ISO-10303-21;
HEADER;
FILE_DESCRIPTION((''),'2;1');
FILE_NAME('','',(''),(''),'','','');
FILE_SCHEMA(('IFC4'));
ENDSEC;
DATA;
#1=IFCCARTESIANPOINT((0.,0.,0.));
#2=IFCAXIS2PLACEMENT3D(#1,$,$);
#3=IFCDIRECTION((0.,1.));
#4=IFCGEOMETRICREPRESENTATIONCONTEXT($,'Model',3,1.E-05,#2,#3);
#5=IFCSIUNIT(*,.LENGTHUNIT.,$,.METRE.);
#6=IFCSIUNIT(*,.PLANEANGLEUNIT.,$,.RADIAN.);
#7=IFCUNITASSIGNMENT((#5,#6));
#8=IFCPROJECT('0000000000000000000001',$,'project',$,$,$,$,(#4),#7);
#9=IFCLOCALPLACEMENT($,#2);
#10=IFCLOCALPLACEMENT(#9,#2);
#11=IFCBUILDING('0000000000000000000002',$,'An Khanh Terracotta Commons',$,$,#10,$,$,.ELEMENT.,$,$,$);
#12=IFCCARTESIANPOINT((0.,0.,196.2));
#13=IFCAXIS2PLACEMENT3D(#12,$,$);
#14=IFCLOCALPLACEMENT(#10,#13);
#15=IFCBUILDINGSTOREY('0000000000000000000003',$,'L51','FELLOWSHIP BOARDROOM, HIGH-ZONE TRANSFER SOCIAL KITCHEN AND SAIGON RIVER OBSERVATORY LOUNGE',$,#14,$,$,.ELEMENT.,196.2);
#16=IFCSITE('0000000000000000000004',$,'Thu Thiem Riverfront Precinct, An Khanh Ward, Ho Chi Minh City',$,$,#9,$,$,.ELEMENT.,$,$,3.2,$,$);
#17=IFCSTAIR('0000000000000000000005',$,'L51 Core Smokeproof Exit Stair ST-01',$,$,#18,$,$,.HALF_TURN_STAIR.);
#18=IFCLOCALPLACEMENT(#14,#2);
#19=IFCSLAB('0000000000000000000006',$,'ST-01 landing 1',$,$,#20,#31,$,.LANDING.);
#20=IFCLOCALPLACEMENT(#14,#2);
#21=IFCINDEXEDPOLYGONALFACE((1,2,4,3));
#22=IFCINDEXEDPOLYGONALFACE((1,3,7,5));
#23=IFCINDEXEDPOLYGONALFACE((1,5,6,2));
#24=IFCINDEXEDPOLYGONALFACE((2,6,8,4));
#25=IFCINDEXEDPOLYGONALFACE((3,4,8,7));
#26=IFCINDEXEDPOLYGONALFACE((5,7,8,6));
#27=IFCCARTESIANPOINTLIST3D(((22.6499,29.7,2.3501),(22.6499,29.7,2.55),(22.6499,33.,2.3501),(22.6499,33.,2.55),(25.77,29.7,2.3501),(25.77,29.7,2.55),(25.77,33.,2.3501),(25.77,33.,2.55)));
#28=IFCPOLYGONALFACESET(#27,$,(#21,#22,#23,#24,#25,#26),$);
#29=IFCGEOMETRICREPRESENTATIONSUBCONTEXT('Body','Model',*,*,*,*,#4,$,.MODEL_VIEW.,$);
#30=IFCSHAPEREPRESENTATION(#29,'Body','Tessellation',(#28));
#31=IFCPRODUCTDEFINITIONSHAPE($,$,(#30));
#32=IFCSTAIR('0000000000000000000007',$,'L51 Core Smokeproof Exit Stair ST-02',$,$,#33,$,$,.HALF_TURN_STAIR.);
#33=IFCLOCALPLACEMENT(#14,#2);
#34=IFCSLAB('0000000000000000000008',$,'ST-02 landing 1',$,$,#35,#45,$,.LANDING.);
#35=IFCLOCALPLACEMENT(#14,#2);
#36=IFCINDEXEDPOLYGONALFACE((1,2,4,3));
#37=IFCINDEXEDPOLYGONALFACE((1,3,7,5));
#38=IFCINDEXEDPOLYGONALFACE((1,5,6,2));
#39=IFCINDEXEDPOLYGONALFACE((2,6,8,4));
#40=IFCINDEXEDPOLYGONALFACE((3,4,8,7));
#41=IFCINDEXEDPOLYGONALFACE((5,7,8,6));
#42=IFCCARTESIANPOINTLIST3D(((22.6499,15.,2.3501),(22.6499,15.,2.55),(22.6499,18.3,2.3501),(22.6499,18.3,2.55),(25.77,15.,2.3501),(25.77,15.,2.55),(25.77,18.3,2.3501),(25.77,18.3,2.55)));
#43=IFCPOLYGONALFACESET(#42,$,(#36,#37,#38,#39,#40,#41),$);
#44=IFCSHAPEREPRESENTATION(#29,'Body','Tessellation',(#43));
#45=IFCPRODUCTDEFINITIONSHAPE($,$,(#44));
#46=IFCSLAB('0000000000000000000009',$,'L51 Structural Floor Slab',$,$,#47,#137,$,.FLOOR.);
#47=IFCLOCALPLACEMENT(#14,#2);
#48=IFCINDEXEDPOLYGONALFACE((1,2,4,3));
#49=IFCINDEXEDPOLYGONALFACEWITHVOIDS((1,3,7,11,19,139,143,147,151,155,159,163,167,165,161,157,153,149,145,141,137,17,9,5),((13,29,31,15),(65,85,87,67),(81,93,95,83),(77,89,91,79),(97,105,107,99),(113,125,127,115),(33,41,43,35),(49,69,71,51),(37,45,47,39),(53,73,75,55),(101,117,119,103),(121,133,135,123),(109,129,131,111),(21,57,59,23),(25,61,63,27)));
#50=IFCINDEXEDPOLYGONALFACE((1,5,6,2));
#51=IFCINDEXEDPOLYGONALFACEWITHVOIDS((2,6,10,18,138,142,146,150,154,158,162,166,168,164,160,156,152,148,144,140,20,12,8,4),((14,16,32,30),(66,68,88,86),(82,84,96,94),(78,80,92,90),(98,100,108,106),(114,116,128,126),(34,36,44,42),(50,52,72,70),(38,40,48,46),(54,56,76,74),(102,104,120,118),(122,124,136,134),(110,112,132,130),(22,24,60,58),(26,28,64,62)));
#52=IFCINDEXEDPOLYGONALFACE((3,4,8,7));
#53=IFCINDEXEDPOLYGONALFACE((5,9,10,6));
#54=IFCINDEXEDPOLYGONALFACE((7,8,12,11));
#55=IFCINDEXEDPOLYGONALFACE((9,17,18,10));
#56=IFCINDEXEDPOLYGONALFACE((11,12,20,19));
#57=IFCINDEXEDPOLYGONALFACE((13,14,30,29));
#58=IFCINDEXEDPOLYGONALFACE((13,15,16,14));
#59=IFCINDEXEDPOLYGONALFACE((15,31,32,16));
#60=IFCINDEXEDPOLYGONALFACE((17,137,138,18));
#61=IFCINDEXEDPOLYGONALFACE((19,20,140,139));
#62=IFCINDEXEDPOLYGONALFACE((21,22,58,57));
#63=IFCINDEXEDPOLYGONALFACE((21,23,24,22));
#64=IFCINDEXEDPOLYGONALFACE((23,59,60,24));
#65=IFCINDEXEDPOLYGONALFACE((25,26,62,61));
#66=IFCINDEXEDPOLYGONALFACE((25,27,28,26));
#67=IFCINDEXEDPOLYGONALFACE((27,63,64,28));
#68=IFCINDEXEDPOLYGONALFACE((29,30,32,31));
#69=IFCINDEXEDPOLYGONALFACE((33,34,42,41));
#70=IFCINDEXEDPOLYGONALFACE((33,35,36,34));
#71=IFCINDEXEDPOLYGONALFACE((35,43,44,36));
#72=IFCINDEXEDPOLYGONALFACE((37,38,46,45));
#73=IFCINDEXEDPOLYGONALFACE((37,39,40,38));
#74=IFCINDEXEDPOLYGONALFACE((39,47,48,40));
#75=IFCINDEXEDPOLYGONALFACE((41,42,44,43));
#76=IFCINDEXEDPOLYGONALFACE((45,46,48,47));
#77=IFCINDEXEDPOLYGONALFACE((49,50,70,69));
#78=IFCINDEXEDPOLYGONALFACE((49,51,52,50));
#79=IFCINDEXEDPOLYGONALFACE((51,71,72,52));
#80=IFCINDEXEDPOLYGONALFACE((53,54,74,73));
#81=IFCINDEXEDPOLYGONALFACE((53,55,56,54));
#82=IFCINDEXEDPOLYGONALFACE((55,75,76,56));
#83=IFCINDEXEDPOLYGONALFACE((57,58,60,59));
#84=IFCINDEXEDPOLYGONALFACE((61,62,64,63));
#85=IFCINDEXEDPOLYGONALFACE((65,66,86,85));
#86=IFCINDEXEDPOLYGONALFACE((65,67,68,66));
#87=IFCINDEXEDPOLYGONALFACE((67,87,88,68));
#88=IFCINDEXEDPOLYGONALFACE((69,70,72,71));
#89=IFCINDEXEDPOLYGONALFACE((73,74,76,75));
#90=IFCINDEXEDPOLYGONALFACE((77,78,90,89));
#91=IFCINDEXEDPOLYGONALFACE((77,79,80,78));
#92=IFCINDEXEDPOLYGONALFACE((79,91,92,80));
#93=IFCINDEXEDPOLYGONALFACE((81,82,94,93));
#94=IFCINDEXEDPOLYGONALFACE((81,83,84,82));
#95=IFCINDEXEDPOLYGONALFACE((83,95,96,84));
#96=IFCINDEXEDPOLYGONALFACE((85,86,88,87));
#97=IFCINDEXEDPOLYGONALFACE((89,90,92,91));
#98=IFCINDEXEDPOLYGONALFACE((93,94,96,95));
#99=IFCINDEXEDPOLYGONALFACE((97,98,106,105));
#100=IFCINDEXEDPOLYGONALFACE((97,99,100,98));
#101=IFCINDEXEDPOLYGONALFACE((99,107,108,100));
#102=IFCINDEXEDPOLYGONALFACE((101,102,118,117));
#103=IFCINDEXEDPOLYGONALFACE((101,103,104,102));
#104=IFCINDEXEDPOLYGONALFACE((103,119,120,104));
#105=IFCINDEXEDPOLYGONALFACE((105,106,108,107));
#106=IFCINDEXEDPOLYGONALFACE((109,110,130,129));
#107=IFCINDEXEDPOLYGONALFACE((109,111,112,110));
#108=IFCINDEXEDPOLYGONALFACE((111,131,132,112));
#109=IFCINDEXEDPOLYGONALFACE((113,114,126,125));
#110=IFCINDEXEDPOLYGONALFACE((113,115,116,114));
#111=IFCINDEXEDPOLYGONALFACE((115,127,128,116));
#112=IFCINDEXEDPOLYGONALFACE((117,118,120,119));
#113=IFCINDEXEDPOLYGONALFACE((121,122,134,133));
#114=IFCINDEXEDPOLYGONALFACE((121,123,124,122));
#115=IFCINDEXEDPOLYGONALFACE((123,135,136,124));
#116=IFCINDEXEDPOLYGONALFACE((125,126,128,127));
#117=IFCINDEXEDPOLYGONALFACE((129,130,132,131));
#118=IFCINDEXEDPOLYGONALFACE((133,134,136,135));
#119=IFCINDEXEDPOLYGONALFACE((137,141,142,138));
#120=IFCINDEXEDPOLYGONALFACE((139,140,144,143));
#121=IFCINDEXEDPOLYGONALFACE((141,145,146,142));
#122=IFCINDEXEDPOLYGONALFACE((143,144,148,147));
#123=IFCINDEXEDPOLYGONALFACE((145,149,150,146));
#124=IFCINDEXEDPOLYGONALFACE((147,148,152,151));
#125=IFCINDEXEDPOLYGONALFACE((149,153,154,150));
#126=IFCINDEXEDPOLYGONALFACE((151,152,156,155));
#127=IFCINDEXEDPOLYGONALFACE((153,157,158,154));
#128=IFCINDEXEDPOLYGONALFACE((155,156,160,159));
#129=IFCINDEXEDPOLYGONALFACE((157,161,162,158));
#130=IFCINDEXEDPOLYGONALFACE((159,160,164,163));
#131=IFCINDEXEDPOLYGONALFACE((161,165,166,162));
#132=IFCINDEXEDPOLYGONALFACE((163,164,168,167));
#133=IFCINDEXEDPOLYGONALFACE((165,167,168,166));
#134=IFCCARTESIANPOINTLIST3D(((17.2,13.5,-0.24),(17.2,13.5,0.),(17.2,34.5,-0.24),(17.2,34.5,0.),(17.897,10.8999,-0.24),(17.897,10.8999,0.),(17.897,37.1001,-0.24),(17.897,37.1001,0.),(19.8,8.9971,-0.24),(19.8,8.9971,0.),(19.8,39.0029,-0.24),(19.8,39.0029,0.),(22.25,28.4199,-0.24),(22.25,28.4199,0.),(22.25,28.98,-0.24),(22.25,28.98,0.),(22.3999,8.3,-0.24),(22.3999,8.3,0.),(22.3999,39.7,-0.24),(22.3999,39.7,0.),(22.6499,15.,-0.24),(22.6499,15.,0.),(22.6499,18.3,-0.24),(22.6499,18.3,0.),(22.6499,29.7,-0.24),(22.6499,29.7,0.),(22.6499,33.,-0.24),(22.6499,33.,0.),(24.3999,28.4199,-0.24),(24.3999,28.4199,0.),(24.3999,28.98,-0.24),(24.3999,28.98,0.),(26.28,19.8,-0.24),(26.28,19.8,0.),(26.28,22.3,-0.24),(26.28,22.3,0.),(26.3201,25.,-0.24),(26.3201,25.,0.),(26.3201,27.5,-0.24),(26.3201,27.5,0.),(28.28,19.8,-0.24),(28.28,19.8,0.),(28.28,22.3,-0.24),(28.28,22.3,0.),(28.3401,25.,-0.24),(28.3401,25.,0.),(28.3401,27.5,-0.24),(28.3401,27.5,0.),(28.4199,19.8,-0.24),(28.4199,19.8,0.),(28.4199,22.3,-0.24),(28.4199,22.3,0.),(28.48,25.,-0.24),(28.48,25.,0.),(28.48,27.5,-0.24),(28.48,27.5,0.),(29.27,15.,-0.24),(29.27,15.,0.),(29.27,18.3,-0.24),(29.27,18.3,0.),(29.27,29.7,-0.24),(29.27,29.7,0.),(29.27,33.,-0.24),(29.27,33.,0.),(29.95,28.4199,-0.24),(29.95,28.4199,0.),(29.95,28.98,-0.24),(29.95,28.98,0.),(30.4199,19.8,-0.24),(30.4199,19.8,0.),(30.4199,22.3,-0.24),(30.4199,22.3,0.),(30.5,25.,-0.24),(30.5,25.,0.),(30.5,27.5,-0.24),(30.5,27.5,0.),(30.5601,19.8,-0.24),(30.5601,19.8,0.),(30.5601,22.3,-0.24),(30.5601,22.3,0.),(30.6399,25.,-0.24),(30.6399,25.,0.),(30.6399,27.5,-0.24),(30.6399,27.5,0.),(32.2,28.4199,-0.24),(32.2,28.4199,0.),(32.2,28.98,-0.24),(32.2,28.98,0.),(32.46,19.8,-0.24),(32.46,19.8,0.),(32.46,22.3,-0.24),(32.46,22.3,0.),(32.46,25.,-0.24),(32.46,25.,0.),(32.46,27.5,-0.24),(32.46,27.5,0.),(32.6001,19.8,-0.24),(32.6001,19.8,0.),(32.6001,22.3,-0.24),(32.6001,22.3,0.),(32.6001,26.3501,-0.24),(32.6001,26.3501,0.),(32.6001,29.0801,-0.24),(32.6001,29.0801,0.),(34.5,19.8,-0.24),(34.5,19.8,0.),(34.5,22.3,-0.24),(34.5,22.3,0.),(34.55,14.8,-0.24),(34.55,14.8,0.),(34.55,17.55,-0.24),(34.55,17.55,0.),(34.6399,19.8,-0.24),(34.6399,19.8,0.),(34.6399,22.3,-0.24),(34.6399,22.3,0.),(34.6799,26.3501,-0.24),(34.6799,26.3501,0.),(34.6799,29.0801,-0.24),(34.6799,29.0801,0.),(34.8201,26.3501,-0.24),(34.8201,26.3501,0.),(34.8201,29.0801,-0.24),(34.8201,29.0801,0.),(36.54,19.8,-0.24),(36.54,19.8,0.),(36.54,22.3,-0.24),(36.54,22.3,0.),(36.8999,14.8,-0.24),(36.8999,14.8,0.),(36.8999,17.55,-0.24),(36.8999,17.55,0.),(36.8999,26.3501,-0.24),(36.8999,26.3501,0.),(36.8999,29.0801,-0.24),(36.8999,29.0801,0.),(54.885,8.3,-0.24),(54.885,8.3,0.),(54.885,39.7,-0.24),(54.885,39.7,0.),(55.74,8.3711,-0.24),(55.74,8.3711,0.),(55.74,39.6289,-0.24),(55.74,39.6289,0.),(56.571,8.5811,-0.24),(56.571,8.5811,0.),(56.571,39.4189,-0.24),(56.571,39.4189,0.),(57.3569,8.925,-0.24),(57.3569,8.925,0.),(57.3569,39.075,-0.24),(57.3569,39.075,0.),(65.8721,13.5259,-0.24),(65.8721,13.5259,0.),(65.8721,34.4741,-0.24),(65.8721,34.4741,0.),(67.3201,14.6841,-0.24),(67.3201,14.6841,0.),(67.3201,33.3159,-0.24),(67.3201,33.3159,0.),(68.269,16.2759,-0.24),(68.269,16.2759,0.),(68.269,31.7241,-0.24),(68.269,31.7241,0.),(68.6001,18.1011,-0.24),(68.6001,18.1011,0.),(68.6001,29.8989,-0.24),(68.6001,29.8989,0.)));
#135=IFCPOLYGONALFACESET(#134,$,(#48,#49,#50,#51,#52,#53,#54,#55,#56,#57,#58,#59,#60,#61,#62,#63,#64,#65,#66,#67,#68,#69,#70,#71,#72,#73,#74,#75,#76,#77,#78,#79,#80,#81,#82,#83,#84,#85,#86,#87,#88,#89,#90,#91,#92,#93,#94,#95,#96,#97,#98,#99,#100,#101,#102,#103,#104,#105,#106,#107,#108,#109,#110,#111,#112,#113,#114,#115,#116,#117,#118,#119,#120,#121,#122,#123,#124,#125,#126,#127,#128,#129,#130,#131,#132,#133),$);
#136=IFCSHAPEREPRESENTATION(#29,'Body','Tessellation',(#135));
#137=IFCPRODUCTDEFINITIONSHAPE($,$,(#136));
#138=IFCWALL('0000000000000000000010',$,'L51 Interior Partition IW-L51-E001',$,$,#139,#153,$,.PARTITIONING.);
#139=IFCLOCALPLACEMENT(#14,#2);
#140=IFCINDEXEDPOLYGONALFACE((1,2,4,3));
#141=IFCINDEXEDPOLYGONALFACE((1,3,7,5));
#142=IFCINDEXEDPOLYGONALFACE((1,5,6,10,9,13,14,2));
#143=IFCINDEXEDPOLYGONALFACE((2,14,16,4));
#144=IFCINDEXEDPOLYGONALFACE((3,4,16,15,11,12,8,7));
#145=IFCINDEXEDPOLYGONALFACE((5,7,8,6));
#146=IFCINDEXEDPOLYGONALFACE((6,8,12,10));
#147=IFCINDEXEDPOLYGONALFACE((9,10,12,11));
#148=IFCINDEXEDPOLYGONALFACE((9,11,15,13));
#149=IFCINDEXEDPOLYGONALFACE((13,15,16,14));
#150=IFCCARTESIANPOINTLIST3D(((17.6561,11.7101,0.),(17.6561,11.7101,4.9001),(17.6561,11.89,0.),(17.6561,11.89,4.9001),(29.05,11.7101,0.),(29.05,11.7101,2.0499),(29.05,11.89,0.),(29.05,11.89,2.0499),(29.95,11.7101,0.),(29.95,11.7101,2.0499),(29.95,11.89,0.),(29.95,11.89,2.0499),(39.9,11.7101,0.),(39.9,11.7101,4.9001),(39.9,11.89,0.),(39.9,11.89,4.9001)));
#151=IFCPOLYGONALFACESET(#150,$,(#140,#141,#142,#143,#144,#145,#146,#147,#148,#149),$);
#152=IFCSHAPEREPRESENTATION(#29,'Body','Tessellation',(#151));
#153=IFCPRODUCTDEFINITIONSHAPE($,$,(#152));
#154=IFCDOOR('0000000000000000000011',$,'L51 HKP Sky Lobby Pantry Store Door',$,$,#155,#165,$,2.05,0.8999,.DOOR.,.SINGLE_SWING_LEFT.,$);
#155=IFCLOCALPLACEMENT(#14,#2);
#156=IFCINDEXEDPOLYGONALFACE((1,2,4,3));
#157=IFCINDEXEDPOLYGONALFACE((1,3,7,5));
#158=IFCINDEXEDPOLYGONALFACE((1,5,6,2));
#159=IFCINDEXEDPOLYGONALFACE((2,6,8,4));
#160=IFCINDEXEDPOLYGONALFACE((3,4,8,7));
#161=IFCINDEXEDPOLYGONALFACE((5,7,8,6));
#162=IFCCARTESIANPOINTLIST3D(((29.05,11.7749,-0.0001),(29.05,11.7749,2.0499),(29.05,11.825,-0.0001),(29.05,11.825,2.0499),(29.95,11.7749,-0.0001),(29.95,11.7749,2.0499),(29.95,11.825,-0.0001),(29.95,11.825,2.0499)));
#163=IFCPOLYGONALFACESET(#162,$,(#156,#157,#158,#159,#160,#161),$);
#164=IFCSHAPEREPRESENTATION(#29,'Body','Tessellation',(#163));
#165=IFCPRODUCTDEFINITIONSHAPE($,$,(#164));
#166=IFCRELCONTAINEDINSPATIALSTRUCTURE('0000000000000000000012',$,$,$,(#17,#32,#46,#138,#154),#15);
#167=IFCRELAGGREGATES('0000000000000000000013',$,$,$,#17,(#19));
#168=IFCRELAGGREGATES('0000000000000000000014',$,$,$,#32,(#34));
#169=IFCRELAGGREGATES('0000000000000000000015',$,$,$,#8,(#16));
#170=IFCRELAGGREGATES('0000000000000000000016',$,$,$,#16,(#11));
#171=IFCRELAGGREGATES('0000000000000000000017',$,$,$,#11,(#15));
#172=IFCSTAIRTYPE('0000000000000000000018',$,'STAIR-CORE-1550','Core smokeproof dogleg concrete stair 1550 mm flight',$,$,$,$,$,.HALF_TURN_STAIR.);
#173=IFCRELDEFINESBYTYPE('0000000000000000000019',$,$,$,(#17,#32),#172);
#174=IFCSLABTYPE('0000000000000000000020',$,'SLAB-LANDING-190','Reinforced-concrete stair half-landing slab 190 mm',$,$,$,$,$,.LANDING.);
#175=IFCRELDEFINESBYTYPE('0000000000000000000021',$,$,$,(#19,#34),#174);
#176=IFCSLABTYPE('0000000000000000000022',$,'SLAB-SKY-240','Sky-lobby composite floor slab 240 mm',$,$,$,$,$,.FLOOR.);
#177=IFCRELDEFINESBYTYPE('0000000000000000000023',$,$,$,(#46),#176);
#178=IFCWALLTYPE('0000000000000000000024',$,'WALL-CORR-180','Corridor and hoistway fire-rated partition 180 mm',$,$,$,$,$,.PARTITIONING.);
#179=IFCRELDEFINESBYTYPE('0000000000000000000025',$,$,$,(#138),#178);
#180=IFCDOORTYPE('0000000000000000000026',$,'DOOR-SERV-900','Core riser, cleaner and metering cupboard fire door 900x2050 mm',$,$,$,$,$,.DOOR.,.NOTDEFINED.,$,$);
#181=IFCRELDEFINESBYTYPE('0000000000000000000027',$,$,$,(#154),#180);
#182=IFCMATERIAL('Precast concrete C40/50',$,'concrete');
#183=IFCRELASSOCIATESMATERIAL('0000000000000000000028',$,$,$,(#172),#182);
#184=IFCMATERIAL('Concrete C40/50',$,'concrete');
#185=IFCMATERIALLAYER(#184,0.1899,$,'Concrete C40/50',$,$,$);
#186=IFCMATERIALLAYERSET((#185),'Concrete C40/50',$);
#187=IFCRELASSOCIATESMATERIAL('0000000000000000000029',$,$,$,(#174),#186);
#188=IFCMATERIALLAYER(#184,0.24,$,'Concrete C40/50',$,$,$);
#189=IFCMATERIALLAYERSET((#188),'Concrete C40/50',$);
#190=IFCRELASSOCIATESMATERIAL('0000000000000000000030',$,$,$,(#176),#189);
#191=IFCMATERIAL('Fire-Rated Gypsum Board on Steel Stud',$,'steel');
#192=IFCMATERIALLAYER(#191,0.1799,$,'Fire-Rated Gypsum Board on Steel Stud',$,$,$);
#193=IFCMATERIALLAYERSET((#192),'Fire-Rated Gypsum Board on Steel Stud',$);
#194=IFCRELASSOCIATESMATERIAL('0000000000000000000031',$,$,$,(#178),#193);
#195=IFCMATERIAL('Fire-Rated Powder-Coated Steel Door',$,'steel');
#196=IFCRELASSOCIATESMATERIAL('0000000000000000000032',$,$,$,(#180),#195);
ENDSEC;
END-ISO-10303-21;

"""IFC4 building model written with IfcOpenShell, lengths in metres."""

from ifc_helpers import new_model, si_unit, direction, frame, frame_2d, origin, place, context, subcontext, project, spatial, polyline, rectangle, outline, extrude, material, layer, layer_set, type_object, element, fill, aggregate, save


model = new_model("IFC4")

# Units and contexts
model_context = context("Model", 3, precision=1e-05, world=origin(), true_north=direction((0.0, 1.0)))
body_context = subcontext(model_context, "Body", "Model", "MODEL_VIEW")
ifc_project = project(units=[si_unit("LENGTHUNIT", "METRE"), si_unit("PLANEANGLEUNIT", "RADIAN")], contexts=[model_context])

# Site, building, storey
site_placement = place(None, origin())
site = spatial("IfcSite", under=ifc_project, at=site_placement, Name="Thu Thiem Riverfront Precinct, An Khanh Ward, Ho Chi Minh City", CompositionType="ELEMENT", RefElevation=3.2)
building_placement = place(site_placement, origin())
building = spatial("IfcBuilding", under=site, at=building_placement, Name="An Khanh Terracotta Commons", CompositionType="ELEMENT")
storey_placement = place(building_placement, frame((0.0, 0.0, 196.2)))
storey = spatial("IfcBuildingStorey", under=building, at=storey_placement, Name="L51", Description="FELLOWSHIP BOARDROOM, HIGH-ZONE TRANSFER SOCIAL KITCHEN AND SAIGON RIVER OBSERVATORY LOUNGE", CompositionType="ELEMENT", Elevation=196.2)

# Shared definitions
ifc_material_1 = material(Name="Concrete C40/50", Category="concrete")

# Stairs, slabs
ifc_material_2 = material(Name="Precast concrete C40/50", Category="concrete")
stair_type = type_object("IfcStairType", Name="STAIR-CORE-1550", Description="Core smokeproof dogleg concrete stair 1550 mm flight", PredefinedType="HALF_TURN_STAIR", material=ifc_material_2)
stair_1_placement = place(storey_placement, origin())
stair_1 = element("IfcStair", 1, at=stair_1_placement, inside=storey, type_object=stair_type, Name="L51 Core Smokeproof Exit Stair ST-01", PredefinedType="HALF_TURN_STAIR")
ifc_layer_1 = layer(ifc_material_1, 0.1899, Name="Concrete C40/50")
ifc_layer_set_1 = layer_set([ifc_layer_1], Name="Concrete C40/50")
slab_type_1 = type_object("IfcSlabType", Name="SLAB-LANDING-190", Description="Reinforced-concrete stair half-landing slab 190 mm", PredefinedType="LANDING", material=ifc_layer_set_1)
slab_1_placement = place(storey_placement, frame((0.0, 0.0, 2.3501)))
slab_1 = element("IfcSlab", 2, at=slab_1_placement, type_object=slab_type_1, Name="ST-01 landing 1", PredefinedType="LANDING", context=body_context, shape_type="SweptSolid", body=[
    extrude(outline(polyline([(25.77, 33.0), (22.6499, 33.0), (22.6499, 29.7), (25.77, 29.7), (25.77, 33.0)])), origin(), (0.0, 0.0, 1.0), 0.2),
])
aggregate(stair_1, [slab_1])
stair_2_placement = place(storey_placement, origin())
stair_2 = element("IfcStair", 3, at=stair_2_placement, inside=storey, type_object=stair_type, Name="L51 Core Smokeproof Exit Stair ST-02", PredefinedType="HALF_TURN_STAIR")
slab_2_placement = place(storey_placement, frame((0.0, 0.0, 2.3501)))
slab_2 = element("IfcSlab", 4, at=slab_2_placement, type_object=slab_type_1, Name="ST-02 landing 1", PredefinedType="LANDING", context=body_context, shape_type="SweptSolid", body=[
    extrude(outline(polyline([(25.77, 18.3), (22.6499, 18.3), (22.6499, 15.0), (25.77, 15.0), (25.77, 18.3)])), origin(), (0.0, 0.0, 1.0), 0.2),
])
aggregate(stair_2, [slab_2])

# Slab
ifc_layer_2 = layer(ifc_material_1, 0.24, Name="Concrete C40/50")
ifc_layer_set_2 = layer_set([ifc_layer_2], Name="Concrete C40/50")
slab_type_2 = type_object("IfcSlabType", Name="SLAB-SKY-240", Description="Sky-lobby composite floor slab 240 mm", PredefinedType="FLOOR", material=ifc_layer_set_2)
slab_3_placement = place(storey_placement, frame((0.0, 0.0, -0.24)))
element("IfcSlab", 5, at=slab_3_placement, inside=storey, type_object=slab_type_2, Name="L51 Structural Floor Slab", PredefinedType="FLOOR", context=body_context, shape_type="SweptSolid", body=[
    extrude(outline(polyline([(17.2, 13.5), (17.897, 10.8999), (19.8, 8.9971), (22.3999, 8.3), (54.885, 8.3), (55.74, 8.3711), (56.571, 8.5811), (57.3569, 8.925), (65.8721, 13.5259), (67.3201, 14.6841), (68.269, 16.2759), (68.6001, 18.1011), (68.6001, 29.8989), (68.269, 31.7241), (67.3201, 33.3159), (65.8721, 34.4741), (57.3569, 39.075), (56.571, 39.4189), (55.74, 39.6289), (54.885, 39.7), (22.3999, 39.7), (19.8, 39.0029), (17.897, 37.1001), (17.2, 34.5), (17.2, 13.5)]), holes=[polyline([(22.6499, 29.7), (29.27, 29.7), (29.27, 33.0), (22.6499, 33.0), (22.6499, 29.7)]), polyline([(22.6499, 15.0), (29.27, 15.0), (29.27, 18.3), (22.6499, 18.3), (22.6499, 15.0)]), polyline([(32.6001, 26.3501), (34.6799, 26.3501), (34.6799, 29.0801), (32.6001, 29.0801), (32.6001, 26.3501)]), polyline([(34.8201, 26.3501), (36.8999, 26.3501), (36.8999, 29.0801), (34.8201, 29.0801), (34.8201, 26.3501)]), polyline([(34.55, 14.8), (36.8999, 14.8), (36.8999, 17.55), (34.55, 17.55), (34.55, 14.8)]), polyline([(26.3201, 25.0), (28.3401, 25.0), (28.3401, 27.5), (26.3201, 27.5), (26.3201, 25.0)]), polyline([(28.48, 25.0), (30.5, 25.0), (30.5, 27.5), (28.48, 27.5), (28.48, 25.0)]), polyline([(26.28, 19.8), (28.28, 19.8), (28.28, 22.3), (26.28, 22.3), (26.28, 19.8)]), polyline([(28.4199, 19.8), (30.4199, 19.8), (30.4199, 22.3), (28.4199, 22.3), (28.4199, 19.8)]), polyline([(30.6399, 25.0), (32.46, 25.0), (32.46, 27.5), (30.6399, 27.5), (30.6399, 25.0)]), polyline([(30.5601, 19.8), (32.46, 19.8), (32.46, 22.3), (30.5601, 22.3), (30.5601, 19.8)]), polyline([(32.6001, 19.8), (34.5, 19.8), (34.5, 22.3), (32.6001, 22.3), (32.6001, 19.8)]), polyline([(34.6399, 19.8), (36.54, 19.8), (36.54, 22.3), (34.6399, 22.3), (34.6399, 19.8)]), polyline([(22.25, 28.4199), (24.3999, 28.4199), (24.3999, 28.98), (22.25, 28.98), (22.25, 28.4199)]), polyline([(29.95, 28.4199), (32.2, 28.4199), (32.2, 28.98), (29.95, 28.98), (29.95, 28.4199)])]), origin(), (0.0, 0.0, 1.0), 0.24),
])

# Wall, opening, door
ifc_material_3 = material(Name="Fire-Rated Gypsum Board on Steel Stud", Category="steel")
ifc_layer_3 = layer(ifc_material_3, 0.1799, Name="Fire-Rated Gypsum Board on Steel Stud")
ifc_layer_set_3 = layer_set([ifc_layer_3], Name="Fire-Rated Gypsum Board on Steel Stud")
wall_type_1 = type_object("IfcWallType", Name="WALL-CORR-180", Description="Corridor and hoistway fire-rated partition 180 mm", PredefinedType="PARTITIONING", material=ifc_layer_set_3)
wall_1_placement = place(storey_placement, frame((17.656, 11.8, 0.0), z_axis=(0.0, 0.0, 1.0), x_axis=(1.0, 0.0, 0.0)))
wall_1 = element("IfcWall", 6, at=wall_1_placement, inside=storey, type_object=wall_type_1, Name="L51 Interior Partition IW-L51-E001", PredefinedType="PARTITIONING", context=body_context, shape_type="SweptSolid", body=[
    extrude(rectangle(XDim=22.2439, YDim=0.1799, at=frame_2d((11.1221, 0.0))), origin(), (0.0, 0.0, 1.0), 4.9001),
])
opening_1_placement = place(wall_1_placement, frame((11.394, 0.0, 0.0)))
opening_1 = element("IfcOpeningElement", 7, at=opening_1_placement, cuts=wall_1, PredefinedType="OPENING", context=body_context, shape_type="SweptSolid", body=[
    extrude(rectangle(XDim=0.8999, YDim=2.05, at=frame_2d((0.45, 1.0249))), frame((0.0, 0.0999, 0.0), z_axis=(0.0, -1.0, 0.0), x_axis=(1.0, 0.0, 0.0)), (0.0, 0.0, 1.0), 0.2),
])
ifc_material_4 = material(Name="Fire-Rated Powder-Coated Steel Door", Category="steel")
door_type_1 = type_object("IfcDoorType", Name="DOOR-SERV-900", Description="Core riser, cleaner and metering cupboard fire door 900x2050 mm", OperationType="NOTDEFINED", PredefinedType="DOOR", material=ifc_material_4)
door_1_placement = place(opening_1_placement, origin())
door_1 = element("IfcDoor", 8, at=door_1_placement, inside=storey, type_object=door_type_1, Name="L51 HKP Sky Lobby Pantry Store Door", OperationType="SINGLE_SWING_LEFT", OverallHeight=2.05, OverallWidth=0.8999, PredefinedType="DOOR", context=body_context, shape_type="SweptSolid", body=[
    extrude(rectangle(XDim=0.8999, YDim=2.05, at=frame_2d((0.45, 1.0249))), frame((0.0, 0.0249, 0.0), z_axis=(0.0, -1.0, 0.0), x_axis=(1.0, 0.0, 0.0)), (0.0, 0.0, 1.0), 0.05),
])
fill(opening_1, door_1)

save(model, "model.ifc")
